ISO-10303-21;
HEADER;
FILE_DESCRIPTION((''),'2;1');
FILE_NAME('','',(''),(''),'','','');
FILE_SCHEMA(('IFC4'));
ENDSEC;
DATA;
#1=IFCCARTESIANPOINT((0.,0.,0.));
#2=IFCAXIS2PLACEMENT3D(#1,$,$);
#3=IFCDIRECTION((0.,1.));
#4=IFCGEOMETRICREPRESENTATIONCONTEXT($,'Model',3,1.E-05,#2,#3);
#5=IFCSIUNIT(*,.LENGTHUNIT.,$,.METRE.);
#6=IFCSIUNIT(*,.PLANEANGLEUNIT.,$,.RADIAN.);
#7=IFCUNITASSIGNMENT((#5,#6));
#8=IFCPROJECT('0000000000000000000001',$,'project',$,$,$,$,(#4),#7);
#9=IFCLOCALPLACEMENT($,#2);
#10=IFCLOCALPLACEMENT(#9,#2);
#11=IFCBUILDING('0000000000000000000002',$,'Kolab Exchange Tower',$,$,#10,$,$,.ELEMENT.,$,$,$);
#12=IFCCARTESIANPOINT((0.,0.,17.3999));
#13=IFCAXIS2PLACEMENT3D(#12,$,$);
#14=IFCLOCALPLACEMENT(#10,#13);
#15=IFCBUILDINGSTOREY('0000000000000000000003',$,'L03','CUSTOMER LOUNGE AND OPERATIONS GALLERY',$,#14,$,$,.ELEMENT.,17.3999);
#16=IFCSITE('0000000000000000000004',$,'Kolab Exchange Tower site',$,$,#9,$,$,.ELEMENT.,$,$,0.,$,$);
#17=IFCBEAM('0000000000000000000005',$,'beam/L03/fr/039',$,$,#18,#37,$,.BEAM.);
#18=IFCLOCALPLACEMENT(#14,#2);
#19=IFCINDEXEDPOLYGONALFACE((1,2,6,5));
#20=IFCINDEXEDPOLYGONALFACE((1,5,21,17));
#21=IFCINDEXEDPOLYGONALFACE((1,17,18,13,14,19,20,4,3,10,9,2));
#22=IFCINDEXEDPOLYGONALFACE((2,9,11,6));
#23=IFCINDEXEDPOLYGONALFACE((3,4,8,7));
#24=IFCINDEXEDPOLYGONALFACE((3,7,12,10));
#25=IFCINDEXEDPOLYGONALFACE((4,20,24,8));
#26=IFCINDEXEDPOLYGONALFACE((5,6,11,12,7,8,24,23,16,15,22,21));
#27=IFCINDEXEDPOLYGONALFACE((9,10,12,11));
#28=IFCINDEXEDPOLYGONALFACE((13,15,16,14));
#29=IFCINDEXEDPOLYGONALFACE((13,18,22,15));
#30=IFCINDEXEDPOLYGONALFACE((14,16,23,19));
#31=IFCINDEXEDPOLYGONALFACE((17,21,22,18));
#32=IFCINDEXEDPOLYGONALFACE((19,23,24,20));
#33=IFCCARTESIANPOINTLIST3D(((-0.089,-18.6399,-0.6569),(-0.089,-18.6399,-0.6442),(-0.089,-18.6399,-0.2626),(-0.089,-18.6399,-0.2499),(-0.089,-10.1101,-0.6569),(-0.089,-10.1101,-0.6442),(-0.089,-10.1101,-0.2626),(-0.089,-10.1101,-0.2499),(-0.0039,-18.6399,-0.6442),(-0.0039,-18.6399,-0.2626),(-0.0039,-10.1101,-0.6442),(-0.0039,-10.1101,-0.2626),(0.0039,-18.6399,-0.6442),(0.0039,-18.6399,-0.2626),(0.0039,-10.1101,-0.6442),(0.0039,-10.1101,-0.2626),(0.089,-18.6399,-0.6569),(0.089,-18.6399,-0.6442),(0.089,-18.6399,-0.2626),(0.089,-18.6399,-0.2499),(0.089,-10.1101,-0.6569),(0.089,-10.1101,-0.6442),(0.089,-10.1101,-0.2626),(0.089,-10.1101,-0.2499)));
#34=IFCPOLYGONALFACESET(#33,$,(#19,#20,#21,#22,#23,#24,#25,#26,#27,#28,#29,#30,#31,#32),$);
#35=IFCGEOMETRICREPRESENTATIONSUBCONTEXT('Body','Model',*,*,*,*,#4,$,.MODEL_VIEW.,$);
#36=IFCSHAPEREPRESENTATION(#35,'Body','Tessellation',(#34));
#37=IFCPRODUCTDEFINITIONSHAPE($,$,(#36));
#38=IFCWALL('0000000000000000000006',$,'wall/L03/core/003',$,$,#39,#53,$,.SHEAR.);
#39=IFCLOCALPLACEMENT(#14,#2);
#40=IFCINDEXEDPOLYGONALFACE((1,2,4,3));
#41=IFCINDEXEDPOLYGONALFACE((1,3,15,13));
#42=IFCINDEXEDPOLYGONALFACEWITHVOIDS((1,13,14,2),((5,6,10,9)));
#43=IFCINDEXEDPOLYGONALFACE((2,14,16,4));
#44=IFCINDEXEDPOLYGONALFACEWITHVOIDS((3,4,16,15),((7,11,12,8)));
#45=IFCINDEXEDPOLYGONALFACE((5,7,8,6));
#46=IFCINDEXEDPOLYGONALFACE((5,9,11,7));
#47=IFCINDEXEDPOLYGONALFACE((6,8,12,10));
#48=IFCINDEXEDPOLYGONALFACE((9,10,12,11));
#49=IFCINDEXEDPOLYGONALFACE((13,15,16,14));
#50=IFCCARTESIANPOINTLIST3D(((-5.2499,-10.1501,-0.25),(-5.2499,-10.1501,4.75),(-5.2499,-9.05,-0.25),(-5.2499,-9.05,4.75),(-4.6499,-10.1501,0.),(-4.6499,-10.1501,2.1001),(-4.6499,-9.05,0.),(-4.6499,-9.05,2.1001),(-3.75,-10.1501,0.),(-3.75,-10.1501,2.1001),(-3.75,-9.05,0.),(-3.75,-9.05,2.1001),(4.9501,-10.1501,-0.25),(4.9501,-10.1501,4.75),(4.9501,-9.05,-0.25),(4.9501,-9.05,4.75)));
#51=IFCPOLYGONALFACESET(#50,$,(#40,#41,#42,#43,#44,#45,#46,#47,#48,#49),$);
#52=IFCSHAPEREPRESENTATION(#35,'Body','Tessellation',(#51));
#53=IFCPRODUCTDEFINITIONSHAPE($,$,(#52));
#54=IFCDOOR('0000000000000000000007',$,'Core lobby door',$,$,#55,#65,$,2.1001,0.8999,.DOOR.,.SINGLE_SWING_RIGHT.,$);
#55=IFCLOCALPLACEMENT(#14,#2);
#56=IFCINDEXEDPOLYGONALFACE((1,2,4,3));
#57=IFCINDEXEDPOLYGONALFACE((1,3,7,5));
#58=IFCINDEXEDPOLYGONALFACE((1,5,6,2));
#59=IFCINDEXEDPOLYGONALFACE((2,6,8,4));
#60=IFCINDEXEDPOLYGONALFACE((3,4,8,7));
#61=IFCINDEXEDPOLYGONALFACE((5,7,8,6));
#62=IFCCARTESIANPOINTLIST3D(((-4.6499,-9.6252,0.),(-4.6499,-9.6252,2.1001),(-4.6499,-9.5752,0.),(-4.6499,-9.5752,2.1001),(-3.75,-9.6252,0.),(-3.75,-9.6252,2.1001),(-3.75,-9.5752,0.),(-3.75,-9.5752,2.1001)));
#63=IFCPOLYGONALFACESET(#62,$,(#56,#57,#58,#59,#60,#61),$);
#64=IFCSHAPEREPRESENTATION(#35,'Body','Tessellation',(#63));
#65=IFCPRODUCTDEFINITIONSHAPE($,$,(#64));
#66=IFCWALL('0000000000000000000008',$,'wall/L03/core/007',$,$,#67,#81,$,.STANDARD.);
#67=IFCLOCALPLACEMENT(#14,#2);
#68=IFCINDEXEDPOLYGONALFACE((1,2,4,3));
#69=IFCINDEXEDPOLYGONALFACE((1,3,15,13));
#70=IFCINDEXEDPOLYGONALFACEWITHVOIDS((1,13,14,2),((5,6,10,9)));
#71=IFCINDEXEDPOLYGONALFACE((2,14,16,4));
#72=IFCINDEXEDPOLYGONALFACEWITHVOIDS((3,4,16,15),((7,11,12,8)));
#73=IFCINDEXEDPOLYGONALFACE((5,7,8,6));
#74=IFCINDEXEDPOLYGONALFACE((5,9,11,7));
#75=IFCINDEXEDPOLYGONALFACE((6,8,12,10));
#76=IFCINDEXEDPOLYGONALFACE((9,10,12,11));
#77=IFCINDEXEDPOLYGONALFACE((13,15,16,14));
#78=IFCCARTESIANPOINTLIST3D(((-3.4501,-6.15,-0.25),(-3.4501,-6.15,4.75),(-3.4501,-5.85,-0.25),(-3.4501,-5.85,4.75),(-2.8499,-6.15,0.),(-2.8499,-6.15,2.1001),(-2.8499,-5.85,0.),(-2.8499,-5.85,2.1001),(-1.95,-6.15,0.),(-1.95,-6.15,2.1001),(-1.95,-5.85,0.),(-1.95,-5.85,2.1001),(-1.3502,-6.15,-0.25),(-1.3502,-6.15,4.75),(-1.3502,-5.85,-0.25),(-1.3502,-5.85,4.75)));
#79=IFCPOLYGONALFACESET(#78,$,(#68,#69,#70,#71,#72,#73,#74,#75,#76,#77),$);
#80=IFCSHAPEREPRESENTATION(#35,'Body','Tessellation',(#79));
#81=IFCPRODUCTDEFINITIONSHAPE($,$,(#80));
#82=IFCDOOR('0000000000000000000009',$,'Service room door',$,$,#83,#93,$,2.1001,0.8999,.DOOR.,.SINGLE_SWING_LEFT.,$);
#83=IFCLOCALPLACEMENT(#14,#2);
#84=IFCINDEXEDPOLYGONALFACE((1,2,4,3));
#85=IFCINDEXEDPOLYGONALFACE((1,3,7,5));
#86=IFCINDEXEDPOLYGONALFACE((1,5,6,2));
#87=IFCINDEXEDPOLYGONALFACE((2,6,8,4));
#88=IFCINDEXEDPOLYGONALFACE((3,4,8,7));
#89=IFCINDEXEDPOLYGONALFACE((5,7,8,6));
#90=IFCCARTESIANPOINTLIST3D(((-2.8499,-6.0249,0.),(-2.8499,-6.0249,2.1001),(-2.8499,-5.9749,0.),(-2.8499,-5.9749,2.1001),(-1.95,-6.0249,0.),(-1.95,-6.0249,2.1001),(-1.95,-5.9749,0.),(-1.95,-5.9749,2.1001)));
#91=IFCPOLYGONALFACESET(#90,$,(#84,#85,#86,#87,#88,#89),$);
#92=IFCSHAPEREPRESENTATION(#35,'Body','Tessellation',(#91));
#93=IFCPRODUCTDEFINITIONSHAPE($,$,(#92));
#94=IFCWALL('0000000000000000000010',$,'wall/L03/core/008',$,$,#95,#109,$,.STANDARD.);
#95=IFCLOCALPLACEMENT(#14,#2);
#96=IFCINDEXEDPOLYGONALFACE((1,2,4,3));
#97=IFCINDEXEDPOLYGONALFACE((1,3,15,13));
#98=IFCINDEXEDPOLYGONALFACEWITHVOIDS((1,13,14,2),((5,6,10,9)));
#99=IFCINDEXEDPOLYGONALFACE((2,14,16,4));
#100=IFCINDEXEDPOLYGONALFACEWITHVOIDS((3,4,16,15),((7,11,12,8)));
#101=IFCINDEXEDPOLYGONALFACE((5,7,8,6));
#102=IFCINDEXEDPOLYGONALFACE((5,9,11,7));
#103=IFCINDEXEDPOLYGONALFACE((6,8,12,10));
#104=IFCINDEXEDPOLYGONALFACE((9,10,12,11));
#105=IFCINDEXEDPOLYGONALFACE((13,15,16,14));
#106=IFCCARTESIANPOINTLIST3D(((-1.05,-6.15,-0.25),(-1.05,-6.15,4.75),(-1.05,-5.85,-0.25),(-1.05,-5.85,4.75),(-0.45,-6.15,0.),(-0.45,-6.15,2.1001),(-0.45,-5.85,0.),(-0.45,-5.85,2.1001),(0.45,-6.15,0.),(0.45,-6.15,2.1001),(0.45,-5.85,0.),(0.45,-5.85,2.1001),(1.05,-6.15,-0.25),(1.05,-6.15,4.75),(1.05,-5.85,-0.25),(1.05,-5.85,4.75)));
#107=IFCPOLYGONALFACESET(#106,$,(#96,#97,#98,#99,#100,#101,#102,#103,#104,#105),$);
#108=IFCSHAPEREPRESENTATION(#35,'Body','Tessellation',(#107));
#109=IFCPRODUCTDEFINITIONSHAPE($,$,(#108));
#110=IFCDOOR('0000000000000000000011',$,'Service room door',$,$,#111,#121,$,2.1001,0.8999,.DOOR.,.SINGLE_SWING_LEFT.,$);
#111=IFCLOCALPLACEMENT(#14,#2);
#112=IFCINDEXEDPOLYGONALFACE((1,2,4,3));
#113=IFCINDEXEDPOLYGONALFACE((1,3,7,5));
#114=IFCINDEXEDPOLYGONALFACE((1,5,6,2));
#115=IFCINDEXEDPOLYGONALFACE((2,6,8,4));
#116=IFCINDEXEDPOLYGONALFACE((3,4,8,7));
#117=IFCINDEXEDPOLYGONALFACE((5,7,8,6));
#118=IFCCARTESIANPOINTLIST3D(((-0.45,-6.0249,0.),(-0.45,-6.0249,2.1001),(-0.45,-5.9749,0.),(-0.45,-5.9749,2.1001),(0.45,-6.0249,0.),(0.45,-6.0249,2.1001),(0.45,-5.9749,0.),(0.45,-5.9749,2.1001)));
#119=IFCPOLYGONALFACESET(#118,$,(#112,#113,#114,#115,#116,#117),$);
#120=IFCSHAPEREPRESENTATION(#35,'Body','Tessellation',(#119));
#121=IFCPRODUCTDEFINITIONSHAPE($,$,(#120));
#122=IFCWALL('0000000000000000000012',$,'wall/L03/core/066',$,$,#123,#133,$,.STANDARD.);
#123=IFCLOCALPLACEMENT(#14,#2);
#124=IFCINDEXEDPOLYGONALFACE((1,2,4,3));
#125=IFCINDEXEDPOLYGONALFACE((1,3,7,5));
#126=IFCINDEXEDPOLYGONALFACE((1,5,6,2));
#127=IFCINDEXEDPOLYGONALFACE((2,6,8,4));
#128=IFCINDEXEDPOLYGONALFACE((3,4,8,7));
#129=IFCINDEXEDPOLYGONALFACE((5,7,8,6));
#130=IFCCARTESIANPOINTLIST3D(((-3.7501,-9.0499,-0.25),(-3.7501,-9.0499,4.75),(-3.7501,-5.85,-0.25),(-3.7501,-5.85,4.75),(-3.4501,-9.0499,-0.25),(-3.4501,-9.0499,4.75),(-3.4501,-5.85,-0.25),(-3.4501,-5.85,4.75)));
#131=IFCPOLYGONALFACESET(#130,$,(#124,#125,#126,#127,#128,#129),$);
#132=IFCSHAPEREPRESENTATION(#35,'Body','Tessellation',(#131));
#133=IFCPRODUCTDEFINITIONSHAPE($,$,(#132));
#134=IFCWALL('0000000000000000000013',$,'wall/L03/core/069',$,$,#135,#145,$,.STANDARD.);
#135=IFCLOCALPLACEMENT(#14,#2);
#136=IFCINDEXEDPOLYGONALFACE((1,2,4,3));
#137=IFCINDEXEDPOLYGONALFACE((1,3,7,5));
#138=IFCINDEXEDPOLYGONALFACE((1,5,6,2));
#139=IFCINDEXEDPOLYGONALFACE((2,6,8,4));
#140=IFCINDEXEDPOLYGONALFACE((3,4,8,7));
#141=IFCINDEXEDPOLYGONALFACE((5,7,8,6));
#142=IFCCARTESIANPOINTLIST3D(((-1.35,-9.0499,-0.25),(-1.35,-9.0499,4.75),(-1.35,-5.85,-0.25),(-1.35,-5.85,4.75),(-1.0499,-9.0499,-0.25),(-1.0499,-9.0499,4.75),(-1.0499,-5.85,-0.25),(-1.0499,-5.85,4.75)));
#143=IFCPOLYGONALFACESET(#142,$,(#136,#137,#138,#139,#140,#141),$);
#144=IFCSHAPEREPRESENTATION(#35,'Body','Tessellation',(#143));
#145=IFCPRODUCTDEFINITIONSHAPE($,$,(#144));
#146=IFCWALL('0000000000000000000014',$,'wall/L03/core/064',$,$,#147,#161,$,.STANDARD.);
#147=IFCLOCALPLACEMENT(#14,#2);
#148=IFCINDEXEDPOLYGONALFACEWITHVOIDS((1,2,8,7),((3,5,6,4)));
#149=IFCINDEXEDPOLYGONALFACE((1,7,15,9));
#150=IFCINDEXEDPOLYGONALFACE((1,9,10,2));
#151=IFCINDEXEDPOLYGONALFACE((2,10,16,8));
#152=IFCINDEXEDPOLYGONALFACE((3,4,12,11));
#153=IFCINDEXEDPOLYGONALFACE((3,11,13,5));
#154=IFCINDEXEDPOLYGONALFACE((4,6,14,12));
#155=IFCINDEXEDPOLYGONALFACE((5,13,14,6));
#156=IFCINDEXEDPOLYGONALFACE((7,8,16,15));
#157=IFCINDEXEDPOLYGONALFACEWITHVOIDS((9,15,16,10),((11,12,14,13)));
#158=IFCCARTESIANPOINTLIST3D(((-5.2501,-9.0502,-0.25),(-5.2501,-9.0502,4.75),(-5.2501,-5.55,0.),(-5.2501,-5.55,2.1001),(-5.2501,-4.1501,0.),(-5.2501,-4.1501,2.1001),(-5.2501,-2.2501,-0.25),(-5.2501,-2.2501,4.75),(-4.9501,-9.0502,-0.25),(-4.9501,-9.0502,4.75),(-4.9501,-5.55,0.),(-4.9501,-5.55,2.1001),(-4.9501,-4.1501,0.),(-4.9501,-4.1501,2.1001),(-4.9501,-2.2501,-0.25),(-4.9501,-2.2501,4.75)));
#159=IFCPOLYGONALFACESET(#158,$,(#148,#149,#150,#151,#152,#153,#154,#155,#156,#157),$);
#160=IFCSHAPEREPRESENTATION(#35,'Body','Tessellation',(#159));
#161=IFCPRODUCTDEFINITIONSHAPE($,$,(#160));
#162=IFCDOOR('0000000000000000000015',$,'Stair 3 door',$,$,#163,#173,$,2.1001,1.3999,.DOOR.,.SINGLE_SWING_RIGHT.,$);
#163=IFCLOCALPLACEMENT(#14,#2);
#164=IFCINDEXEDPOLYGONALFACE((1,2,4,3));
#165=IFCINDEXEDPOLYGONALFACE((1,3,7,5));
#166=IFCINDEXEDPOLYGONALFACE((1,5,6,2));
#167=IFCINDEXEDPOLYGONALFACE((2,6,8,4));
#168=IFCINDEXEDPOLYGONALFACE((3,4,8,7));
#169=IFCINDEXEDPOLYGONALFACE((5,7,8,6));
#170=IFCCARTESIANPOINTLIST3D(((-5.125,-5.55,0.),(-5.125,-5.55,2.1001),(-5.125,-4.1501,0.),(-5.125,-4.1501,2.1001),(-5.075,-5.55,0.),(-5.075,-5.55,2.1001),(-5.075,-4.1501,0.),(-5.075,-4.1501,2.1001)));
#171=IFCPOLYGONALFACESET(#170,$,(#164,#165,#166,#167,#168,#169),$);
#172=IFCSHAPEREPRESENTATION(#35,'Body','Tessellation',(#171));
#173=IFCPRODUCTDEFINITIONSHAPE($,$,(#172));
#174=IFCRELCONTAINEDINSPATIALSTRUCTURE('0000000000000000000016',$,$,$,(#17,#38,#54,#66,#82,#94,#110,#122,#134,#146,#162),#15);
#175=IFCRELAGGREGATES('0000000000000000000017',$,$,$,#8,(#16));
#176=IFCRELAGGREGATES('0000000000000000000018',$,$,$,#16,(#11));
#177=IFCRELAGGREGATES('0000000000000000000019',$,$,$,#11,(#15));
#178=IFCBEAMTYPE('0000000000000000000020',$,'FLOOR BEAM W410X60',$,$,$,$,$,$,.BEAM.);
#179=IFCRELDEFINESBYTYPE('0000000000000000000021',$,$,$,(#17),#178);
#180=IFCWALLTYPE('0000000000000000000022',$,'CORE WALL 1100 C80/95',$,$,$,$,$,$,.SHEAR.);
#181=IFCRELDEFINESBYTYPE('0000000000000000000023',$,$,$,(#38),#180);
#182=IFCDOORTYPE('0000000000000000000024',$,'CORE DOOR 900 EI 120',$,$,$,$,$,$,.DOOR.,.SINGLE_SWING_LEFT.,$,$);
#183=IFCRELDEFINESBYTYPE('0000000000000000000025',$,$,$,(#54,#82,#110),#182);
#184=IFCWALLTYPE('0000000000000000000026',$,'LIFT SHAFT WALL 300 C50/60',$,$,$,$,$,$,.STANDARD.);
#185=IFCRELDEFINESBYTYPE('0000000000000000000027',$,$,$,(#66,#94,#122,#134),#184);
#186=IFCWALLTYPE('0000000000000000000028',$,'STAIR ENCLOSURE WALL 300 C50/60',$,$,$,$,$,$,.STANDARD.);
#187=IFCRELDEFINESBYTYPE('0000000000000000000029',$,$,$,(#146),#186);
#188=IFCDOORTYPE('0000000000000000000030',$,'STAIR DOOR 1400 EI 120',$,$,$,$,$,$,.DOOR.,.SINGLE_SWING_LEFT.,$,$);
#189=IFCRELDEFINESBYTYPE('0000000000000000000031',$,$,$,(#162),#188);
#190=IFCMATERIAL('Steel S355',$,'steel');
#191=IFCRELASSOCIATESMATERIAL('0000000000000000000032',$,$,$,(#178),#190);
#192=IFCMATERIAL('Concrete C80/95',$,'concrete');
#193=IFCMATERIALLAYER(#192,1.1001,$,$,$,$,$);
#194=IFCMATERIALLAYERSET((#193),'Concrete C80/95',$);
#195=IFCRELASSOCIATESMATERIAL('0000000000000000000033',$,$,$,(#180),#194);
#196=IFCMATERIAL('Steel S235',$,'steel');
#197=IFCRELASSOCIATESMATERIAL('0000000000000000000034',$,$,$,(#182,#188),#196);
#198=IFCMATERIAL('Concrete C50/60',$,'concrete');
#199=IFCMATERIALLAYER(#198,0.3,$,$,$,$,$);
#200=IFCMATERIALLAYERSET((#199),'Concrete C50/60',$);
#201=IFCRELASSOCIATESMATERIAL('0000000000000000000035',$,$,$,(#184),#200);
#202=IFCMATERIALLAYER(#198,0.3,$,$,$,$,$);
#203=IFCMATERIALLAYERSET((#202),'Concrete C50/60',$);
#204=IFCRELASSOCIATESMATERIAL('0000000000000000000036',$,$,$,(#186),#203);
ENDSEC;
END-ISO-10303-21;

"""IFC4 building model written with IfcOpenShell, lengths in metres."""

from ifc_helpers import new_model, si_unit, direction, frame, frame_2d, origin, origin_2d, place, context, subcontext, project, spatial, rectangle, i_section, extrude, material, layer, layer_set, material_profile, profile_set, type_object, element, fill, save


model = new_model("IFC4")

# Units and contexts
model_context = context("Model", 3, precision=1e-05, world=origin(), true_north=direction((0.0, 1.0)))
body_context = subcontext(model_context, "Body", "Model", "MODEL_VIEW")
ifc_project = project(units=[si_unit("LENGTHUNIT", "METRE"), si_unit("PLANEANGLEUNIT", "RADIAN")], contexts=[model_context])

# Site, building, storey
site_placement = place(None, origin())
site = spatial("IfcSite", under=ifc_project, at=site_placement, Name="Kolab Exchange Tower site", CompositionType="ELEMENT", RefElevation=0.0)
building_placement = place(site_placement, origin())
building = spatial("IfcBuilding", under=site, at=building_placement, Name="Kolab Exchange Tower", CompositionType="ELEMENT")
storey_placement = place(building_placement, frame((0.0, 0.0, 17.3999)))
storey = spatial("IfcBuildingStorey", under=building, at=storey_placement, Name="L03", Description="CUSTOMER LOUNGE AND OPERATIONS GALLERY", CompositionType="ELEMENT", Elevation=17.3999)

# Beam
ifc_material_1 = material(Name="Steel S355", Category="steel")
ifc_material_profile = material_profile(ifc_material_1, i_section(OverallWidth=0.178, OverallDepth=0.407, WebThickness=0.0078, FlangeThickness=0.0127, at=origin_2d()), Name="W410X60")
ifc_profile_set = profile_set([ifc_material_profile], Name="Steel S355")
beam_type = type_object("IfcBeamType", Name="FLOOR BEAM W410X60", PredefinedType="BEAM", material=ifc_profile_set)
beam_placement = place(storey_placement, frame((0.0, -18.6399, -0.4534), z_axis=(0.0, 1.0, 0.0), x_axis=(-1.0, 0.0, 0.0)))
element("IfcBeam", 1, at=beam_placement, inside=storey, type_object=beam_type, Name="beam/L03/fr/039", PredefinedType="BEAM", context=body_context, shape_type="SweptSolid", body=[
    extrude(i_section(OverallWidth=0.178, OverallDepth=0.407, WebThickness=0.0078, FlangeThickness=0.0127, at=origin_2d()), origin(), (0.0, 0.0, 1.0), 8.5298),
])

# Walls, openings, doors
ifc_material_2 = material(Name="Concrete C80/95", Category="concrete")
ifc_layer_1 = layer(ifc_material_2, 1.1001)
ifc_layer_set_1 = layer_set([ifc_layer_1], Name="Concrete C80/95")
wall_type_1 = type_object("IfcWallType", Name="CORE WALL 1100 C80/95", PredefinedType="SHEAR", material=ifc_layer_set_1)
wall_1_placement = place(storey_placement, frame((-5.25, -9.6001, -0.25), z_axis=(0.0, 0.0, 1.0), x_axis=(1.0, 0.0, 0.0)))
wall_1 = element("IfcWall", 2, at=wall_1_placement, inside=storey, type_object=wall_type_1, Name="wall/L03/core/003", PredefinedType="SHEAR", context=body_context, shape_type="SweptSolid", body=[
    extrude(rectangle(XDim=10.2, YDim=1.1001, at=frame_2d((5.1001, 0.0))), origin(), (0.0, 0.0, 1.0), 5.0),
])
opening_1_placement = place(wall_1_placement, frame((0.6001, 0.0, 0.25)))
opening_1 = element("IfcOpeningElement", 3, at=opening_1_placement, cuts=wall_1, PredefinedType="OPENING", context=body_context, shape_type="SweptSolid", body=[
    extrude(rectangle(XDim=0.8999, YDim=2.1001, at=frame_2d((0.45, 1.05))), frame((0.0, 0.5601, 0.0), z_axis=(0.0, -1.0, 0.0), x_axis=(1.0, 0.0, 0.0)), (0.0, 0.0, 1.0), 1.1201),
])
ifc_material_3 = material(Name="Steel S235", Category="steel")
door_type_1 = type_object("IfcDoorType", Name="CORE DOOR 900 EI 120", OperationType="SINGLE_SWING_LEFT", PredefinedType="DOOR", material=ifc_material_3)
door_1_placement = place(opening_1_placement, origin())
door_1 = element("IfcDoor", 4, at=door_1_placement, inside=storey, type_object=door_type_1, Name="Core lobby door", OperationType="SINGLE_SWING_RIGHT", OverallHeight=2.1001, OverallWidth=0.8999, PredefinedType="DOOR", context=body_context, shape_type="SweptSolid", body=[
    extrude(rectangle(XDim=0.8999, YDim=2.1001, at=frame_2d((0.45, 1.05))), frame((0.0, 0.0249, 0.0), z_axis=(0.0, -1.0, 0.0), x_axis=(1.0, 0.0, 0.0)), (0.0, 0.0, 1.0), 0.05),
])
fill(opening_1, door_1)
ifc_material_4 = material(Name="Concrete C50/60", Category="concrete")
ifc_layer_2 = layer(ifc_material_4, 0.3)
ifc_layer_set_2 = layer_set([ifc_layer_2], Name="Concrete C50/60")
wall_type_2 = type_object("IfcWallType", Name="LIFT SHAFT WALL 300 C50/60", PredefinedType="STANDARD", material=ifc_layer_set_2)
wall_2_placement = place(storey_placement, frame((-3.45, -6.0, -0.25), z_axis=(0.0, 0.0, 1.0), x_axis=(1.0, 0.0, 0.0)))
wall_2 = element("IfcWall", 5, at=wall_2_placement, inside=storey, type_object=wall_type_2, Name="wall/L03/core/007", PredefinedType="STANDARD", context=body_context, shape_type="SweptSolid", body=[
    extrude(rectangle(XDim=2.0999, YDim=0.3, at=frame_2d((1.0498, 0.0))), origin(), (0.0, 0.0, 1.0), 5.0),
])
opening_2_placement = place(wall_2_placement, frame((0.6001, 0.0, 0.25)))
opening_2 = element("IfcOpeningElement", 6, at=opening_2_placement, cuts=wall_2, PredefinedType="OPENING", context=body_context, shape_type="SweptSolid", body=[
    extrude(rectangle(XDim=0.8999, YDim=2.1001, at=frame_2d((0.45, 1.05))), frame((0.0, 0.1602, 0.0), z_axis=(0.0, -1.0, 0.0), x_axis=(1.0, 0.0, 0.0)), (0.0, 0.0, 1.0), 0.3201),
])
door_2_placement = place(opening_2_placement, frame((0.8999, 0.0, 0.0), z_axis=(0.0, 0.0, 1.0), x_axis=(-1.0, 0.0, 0.0)))
door_2 = element("IfcDoor", 7, at=door_2_placement, inside=storey, type_object=door_type_1, Name="Service room door", OperationType="SINGLE_SWING_LEFT", OverallHeight=2.1001, OverallWidth=0.8999, PredefinedType="DOOR", context=body_context, shape_type="SweptSolid", body=[
    extrude(rectangle(XDim=0.8999, YDim=2.1001, at=frame_2d((0.45, 1.05))), frame((0.0, 0.0249, 0.0), z_axis=(0.0, -1.0, 0.0), x_axis=(1.0, 0.0, 0.0)), (0.0, 0.0, 1.0), 0.05),
])
fill(opening_2, door_2)
wall_3_placement = place(storey_placement, frame((-1.05, -6.0, -0.25), z_axis=(0.0, 0.0, 1.0), x_axis=(1.0, 0.0, 0.0)))
wall_3 = element("IfcWall", 8, at=wall_3_placement, inside=storey, type_object=wall_type_2, Name="wall/L03/core/008", PredefinedType="STANDARD", context=body_context, shape_type="SweptSolid", body=[
    extrude(rectangle(XDim=2.1001, YDim=0.3, at=frame_2d((1.05, 0.0))), origin(), (0.0, 0.0, 1.0), 5.0),
])
opening_3_placement = place(wall_3_placement, frame((0.6001, 0.0, 0.25)))
opening_3 = element("IfcOpeningElement", 9, at=opening_3_placement, cuts=wall_3, PredefinedType="OPENING", context=body_context, shape_type="SweptSolid", body=[
    extrude(rectangle(XDim=0.8999, YDim=2.1001, at=frame_2d((0.45, 1.05))), frame((0.0, 0.1602, 0.0), z_axis=(0.0, -1.0, 0.0), x_axis=(1.0, 0.0, 0.0)), (0.0, 0.0, 1.0), 0.3201),
])
door_3_placement = place(opening_3_placement, frame((0.8999, 0.0, 0.0), z_axis=(0.0, 0.0, 1.0), x_axis=(-1.0, 0.0, 0.0)))
door_3 = element("IfcDoor", 10, at=door_3_placement, inside=storey, type_object=door_type_1, Name="Service room door", OperationType="SINGLE_SWING_LEFT", OverallHeight=2.1001, OverallWidth=0.8999, PredefinedType="DOOR", context=body_context, shape_type="SweptSolid", body=[
    extrude(rectangle(XDim=0.8999, YDim=2.1001, at=frame_2d((0.45, 1.05))), frame((0.0, 0.0249, 0.0), z_axis=(0.0, -1.0, 0.0), x_axis=(1.0, 0.0, 0.0)), (0.0, 0.0, 1.0), 0.05),
])
fill(opening_3, door_3)

# Walls
for number, where, z_axis, x_axis, name in (
    (11, (-3.6001, -9.05, -0.25), (0.0, 0.0, 1.0), (0.0, 1.0, 0.0), "wall/L03/core/066"),
    (12, (-1.2, -9.05, -0.25), (0.0, 0.0, 1.0), (0.0, 1.0, 0.0), "wall/L03/core/069"),
):
    element("IfcWall", number, at=place(storey_placement, frame(where, z_axis=z_axis, x_axis=x_axis)), inside=storey, type_object=wall_type_2, Name=name, PredefinedType="STANDARD", context=body_context, shape_type="SweptSolid", body=[
        extrude(rectangle(XDim=3.2, YDim=0.3, at=frame_2d((1.6001, 0.0))), origin(), (0.0, 0.0, 1.0), 5.0),
    ])

# Wall, opening, door
ifc_layer_3 = layer(ifc_material_4, 0.3)
ifc_layer_set_3 = layer_set([ifc_layer_3], Name="Concrete C50/60")
wall_type_3 = type_object("IfcWallType", Name="STAIR ENCLOSURE WALL 300 C50/60", PredefinedType="STANDARD", material=ifc_layer_set_3)
wall_4_placement = place(storey_placement, frame((-5.1001, -9.05, -0.25), z_axis=(0.0, 0.0, 1.0), x_axis=(0.0, 1.0, 0.0)))
wall_4 = element("IfcWall", 13, at=wall_4_placement, inside=storey, type_object=wall_type_3, Name="wall/L03/core/064", PredefinedType="STANDARD", context=body_context, shape_type="SweptSolid", body=[
    extrude(rectangle(XDim=6.8, YDim=0.3, at=frame_2d((3.3999, 0.0))), origin(), (0.0, 0.0, 1.0), 5.0),
])
opening_4_placement = place(wall_4_placement, frame((3.5, 0.0, 0.25)))
opening_4 = element("IfcOpeningElement", 14, at=opening_4_placement, cuts=wall_4, PredefinedType="OPENING", context=body_context, shape_type="SweptSolid", body=[
    extrude(rectangle(XDim=1.3999, YDim=2.1001, at=frame_2d((0.7, 1.05))), frame((0.0, 0.1602, 0.0), z_axis=(0.0, -1.0, 0.0), x_axis=(1.0, 0.0, 0.0)), (0.0, 0.0, 1.0), 0.3201),
])
door_type_2 = type_object("IfcDoorType", Name="STAIR DOOR 1400 EI 120", OperationType="SINGLE_SWING_LEFT", PredefinedType="DOOR", material=ifc_material_3)
door_4_placement = place(opening_4_placement, origin())
door_4 = element("IfcDoor", 15, at=door_4_placement, inside=storey, type_object=door_type_2, Name="Stair 3 door", OperationType="SINGLE_SWING_RIGHT", OverallHeight=2.1001, OverallWidth=1.3999, PredefinedType="DOOR", context=body_context, shape_type="SweptSolid", body=[
    extrude(rectangle(XDim=1.3999, YDim=2.1001, at=frame_2d((0.7, 1.05))), frame((0.0, 0.0249, 0.0), z_axis=(0.0, -1.0, 0.0), x_axis=(1.0, 0.0, 0.0)), (0.0, 0.0, 1.0), 0.05),
])
fill(opening_4, door_4)

save(model, "model.ifc")
